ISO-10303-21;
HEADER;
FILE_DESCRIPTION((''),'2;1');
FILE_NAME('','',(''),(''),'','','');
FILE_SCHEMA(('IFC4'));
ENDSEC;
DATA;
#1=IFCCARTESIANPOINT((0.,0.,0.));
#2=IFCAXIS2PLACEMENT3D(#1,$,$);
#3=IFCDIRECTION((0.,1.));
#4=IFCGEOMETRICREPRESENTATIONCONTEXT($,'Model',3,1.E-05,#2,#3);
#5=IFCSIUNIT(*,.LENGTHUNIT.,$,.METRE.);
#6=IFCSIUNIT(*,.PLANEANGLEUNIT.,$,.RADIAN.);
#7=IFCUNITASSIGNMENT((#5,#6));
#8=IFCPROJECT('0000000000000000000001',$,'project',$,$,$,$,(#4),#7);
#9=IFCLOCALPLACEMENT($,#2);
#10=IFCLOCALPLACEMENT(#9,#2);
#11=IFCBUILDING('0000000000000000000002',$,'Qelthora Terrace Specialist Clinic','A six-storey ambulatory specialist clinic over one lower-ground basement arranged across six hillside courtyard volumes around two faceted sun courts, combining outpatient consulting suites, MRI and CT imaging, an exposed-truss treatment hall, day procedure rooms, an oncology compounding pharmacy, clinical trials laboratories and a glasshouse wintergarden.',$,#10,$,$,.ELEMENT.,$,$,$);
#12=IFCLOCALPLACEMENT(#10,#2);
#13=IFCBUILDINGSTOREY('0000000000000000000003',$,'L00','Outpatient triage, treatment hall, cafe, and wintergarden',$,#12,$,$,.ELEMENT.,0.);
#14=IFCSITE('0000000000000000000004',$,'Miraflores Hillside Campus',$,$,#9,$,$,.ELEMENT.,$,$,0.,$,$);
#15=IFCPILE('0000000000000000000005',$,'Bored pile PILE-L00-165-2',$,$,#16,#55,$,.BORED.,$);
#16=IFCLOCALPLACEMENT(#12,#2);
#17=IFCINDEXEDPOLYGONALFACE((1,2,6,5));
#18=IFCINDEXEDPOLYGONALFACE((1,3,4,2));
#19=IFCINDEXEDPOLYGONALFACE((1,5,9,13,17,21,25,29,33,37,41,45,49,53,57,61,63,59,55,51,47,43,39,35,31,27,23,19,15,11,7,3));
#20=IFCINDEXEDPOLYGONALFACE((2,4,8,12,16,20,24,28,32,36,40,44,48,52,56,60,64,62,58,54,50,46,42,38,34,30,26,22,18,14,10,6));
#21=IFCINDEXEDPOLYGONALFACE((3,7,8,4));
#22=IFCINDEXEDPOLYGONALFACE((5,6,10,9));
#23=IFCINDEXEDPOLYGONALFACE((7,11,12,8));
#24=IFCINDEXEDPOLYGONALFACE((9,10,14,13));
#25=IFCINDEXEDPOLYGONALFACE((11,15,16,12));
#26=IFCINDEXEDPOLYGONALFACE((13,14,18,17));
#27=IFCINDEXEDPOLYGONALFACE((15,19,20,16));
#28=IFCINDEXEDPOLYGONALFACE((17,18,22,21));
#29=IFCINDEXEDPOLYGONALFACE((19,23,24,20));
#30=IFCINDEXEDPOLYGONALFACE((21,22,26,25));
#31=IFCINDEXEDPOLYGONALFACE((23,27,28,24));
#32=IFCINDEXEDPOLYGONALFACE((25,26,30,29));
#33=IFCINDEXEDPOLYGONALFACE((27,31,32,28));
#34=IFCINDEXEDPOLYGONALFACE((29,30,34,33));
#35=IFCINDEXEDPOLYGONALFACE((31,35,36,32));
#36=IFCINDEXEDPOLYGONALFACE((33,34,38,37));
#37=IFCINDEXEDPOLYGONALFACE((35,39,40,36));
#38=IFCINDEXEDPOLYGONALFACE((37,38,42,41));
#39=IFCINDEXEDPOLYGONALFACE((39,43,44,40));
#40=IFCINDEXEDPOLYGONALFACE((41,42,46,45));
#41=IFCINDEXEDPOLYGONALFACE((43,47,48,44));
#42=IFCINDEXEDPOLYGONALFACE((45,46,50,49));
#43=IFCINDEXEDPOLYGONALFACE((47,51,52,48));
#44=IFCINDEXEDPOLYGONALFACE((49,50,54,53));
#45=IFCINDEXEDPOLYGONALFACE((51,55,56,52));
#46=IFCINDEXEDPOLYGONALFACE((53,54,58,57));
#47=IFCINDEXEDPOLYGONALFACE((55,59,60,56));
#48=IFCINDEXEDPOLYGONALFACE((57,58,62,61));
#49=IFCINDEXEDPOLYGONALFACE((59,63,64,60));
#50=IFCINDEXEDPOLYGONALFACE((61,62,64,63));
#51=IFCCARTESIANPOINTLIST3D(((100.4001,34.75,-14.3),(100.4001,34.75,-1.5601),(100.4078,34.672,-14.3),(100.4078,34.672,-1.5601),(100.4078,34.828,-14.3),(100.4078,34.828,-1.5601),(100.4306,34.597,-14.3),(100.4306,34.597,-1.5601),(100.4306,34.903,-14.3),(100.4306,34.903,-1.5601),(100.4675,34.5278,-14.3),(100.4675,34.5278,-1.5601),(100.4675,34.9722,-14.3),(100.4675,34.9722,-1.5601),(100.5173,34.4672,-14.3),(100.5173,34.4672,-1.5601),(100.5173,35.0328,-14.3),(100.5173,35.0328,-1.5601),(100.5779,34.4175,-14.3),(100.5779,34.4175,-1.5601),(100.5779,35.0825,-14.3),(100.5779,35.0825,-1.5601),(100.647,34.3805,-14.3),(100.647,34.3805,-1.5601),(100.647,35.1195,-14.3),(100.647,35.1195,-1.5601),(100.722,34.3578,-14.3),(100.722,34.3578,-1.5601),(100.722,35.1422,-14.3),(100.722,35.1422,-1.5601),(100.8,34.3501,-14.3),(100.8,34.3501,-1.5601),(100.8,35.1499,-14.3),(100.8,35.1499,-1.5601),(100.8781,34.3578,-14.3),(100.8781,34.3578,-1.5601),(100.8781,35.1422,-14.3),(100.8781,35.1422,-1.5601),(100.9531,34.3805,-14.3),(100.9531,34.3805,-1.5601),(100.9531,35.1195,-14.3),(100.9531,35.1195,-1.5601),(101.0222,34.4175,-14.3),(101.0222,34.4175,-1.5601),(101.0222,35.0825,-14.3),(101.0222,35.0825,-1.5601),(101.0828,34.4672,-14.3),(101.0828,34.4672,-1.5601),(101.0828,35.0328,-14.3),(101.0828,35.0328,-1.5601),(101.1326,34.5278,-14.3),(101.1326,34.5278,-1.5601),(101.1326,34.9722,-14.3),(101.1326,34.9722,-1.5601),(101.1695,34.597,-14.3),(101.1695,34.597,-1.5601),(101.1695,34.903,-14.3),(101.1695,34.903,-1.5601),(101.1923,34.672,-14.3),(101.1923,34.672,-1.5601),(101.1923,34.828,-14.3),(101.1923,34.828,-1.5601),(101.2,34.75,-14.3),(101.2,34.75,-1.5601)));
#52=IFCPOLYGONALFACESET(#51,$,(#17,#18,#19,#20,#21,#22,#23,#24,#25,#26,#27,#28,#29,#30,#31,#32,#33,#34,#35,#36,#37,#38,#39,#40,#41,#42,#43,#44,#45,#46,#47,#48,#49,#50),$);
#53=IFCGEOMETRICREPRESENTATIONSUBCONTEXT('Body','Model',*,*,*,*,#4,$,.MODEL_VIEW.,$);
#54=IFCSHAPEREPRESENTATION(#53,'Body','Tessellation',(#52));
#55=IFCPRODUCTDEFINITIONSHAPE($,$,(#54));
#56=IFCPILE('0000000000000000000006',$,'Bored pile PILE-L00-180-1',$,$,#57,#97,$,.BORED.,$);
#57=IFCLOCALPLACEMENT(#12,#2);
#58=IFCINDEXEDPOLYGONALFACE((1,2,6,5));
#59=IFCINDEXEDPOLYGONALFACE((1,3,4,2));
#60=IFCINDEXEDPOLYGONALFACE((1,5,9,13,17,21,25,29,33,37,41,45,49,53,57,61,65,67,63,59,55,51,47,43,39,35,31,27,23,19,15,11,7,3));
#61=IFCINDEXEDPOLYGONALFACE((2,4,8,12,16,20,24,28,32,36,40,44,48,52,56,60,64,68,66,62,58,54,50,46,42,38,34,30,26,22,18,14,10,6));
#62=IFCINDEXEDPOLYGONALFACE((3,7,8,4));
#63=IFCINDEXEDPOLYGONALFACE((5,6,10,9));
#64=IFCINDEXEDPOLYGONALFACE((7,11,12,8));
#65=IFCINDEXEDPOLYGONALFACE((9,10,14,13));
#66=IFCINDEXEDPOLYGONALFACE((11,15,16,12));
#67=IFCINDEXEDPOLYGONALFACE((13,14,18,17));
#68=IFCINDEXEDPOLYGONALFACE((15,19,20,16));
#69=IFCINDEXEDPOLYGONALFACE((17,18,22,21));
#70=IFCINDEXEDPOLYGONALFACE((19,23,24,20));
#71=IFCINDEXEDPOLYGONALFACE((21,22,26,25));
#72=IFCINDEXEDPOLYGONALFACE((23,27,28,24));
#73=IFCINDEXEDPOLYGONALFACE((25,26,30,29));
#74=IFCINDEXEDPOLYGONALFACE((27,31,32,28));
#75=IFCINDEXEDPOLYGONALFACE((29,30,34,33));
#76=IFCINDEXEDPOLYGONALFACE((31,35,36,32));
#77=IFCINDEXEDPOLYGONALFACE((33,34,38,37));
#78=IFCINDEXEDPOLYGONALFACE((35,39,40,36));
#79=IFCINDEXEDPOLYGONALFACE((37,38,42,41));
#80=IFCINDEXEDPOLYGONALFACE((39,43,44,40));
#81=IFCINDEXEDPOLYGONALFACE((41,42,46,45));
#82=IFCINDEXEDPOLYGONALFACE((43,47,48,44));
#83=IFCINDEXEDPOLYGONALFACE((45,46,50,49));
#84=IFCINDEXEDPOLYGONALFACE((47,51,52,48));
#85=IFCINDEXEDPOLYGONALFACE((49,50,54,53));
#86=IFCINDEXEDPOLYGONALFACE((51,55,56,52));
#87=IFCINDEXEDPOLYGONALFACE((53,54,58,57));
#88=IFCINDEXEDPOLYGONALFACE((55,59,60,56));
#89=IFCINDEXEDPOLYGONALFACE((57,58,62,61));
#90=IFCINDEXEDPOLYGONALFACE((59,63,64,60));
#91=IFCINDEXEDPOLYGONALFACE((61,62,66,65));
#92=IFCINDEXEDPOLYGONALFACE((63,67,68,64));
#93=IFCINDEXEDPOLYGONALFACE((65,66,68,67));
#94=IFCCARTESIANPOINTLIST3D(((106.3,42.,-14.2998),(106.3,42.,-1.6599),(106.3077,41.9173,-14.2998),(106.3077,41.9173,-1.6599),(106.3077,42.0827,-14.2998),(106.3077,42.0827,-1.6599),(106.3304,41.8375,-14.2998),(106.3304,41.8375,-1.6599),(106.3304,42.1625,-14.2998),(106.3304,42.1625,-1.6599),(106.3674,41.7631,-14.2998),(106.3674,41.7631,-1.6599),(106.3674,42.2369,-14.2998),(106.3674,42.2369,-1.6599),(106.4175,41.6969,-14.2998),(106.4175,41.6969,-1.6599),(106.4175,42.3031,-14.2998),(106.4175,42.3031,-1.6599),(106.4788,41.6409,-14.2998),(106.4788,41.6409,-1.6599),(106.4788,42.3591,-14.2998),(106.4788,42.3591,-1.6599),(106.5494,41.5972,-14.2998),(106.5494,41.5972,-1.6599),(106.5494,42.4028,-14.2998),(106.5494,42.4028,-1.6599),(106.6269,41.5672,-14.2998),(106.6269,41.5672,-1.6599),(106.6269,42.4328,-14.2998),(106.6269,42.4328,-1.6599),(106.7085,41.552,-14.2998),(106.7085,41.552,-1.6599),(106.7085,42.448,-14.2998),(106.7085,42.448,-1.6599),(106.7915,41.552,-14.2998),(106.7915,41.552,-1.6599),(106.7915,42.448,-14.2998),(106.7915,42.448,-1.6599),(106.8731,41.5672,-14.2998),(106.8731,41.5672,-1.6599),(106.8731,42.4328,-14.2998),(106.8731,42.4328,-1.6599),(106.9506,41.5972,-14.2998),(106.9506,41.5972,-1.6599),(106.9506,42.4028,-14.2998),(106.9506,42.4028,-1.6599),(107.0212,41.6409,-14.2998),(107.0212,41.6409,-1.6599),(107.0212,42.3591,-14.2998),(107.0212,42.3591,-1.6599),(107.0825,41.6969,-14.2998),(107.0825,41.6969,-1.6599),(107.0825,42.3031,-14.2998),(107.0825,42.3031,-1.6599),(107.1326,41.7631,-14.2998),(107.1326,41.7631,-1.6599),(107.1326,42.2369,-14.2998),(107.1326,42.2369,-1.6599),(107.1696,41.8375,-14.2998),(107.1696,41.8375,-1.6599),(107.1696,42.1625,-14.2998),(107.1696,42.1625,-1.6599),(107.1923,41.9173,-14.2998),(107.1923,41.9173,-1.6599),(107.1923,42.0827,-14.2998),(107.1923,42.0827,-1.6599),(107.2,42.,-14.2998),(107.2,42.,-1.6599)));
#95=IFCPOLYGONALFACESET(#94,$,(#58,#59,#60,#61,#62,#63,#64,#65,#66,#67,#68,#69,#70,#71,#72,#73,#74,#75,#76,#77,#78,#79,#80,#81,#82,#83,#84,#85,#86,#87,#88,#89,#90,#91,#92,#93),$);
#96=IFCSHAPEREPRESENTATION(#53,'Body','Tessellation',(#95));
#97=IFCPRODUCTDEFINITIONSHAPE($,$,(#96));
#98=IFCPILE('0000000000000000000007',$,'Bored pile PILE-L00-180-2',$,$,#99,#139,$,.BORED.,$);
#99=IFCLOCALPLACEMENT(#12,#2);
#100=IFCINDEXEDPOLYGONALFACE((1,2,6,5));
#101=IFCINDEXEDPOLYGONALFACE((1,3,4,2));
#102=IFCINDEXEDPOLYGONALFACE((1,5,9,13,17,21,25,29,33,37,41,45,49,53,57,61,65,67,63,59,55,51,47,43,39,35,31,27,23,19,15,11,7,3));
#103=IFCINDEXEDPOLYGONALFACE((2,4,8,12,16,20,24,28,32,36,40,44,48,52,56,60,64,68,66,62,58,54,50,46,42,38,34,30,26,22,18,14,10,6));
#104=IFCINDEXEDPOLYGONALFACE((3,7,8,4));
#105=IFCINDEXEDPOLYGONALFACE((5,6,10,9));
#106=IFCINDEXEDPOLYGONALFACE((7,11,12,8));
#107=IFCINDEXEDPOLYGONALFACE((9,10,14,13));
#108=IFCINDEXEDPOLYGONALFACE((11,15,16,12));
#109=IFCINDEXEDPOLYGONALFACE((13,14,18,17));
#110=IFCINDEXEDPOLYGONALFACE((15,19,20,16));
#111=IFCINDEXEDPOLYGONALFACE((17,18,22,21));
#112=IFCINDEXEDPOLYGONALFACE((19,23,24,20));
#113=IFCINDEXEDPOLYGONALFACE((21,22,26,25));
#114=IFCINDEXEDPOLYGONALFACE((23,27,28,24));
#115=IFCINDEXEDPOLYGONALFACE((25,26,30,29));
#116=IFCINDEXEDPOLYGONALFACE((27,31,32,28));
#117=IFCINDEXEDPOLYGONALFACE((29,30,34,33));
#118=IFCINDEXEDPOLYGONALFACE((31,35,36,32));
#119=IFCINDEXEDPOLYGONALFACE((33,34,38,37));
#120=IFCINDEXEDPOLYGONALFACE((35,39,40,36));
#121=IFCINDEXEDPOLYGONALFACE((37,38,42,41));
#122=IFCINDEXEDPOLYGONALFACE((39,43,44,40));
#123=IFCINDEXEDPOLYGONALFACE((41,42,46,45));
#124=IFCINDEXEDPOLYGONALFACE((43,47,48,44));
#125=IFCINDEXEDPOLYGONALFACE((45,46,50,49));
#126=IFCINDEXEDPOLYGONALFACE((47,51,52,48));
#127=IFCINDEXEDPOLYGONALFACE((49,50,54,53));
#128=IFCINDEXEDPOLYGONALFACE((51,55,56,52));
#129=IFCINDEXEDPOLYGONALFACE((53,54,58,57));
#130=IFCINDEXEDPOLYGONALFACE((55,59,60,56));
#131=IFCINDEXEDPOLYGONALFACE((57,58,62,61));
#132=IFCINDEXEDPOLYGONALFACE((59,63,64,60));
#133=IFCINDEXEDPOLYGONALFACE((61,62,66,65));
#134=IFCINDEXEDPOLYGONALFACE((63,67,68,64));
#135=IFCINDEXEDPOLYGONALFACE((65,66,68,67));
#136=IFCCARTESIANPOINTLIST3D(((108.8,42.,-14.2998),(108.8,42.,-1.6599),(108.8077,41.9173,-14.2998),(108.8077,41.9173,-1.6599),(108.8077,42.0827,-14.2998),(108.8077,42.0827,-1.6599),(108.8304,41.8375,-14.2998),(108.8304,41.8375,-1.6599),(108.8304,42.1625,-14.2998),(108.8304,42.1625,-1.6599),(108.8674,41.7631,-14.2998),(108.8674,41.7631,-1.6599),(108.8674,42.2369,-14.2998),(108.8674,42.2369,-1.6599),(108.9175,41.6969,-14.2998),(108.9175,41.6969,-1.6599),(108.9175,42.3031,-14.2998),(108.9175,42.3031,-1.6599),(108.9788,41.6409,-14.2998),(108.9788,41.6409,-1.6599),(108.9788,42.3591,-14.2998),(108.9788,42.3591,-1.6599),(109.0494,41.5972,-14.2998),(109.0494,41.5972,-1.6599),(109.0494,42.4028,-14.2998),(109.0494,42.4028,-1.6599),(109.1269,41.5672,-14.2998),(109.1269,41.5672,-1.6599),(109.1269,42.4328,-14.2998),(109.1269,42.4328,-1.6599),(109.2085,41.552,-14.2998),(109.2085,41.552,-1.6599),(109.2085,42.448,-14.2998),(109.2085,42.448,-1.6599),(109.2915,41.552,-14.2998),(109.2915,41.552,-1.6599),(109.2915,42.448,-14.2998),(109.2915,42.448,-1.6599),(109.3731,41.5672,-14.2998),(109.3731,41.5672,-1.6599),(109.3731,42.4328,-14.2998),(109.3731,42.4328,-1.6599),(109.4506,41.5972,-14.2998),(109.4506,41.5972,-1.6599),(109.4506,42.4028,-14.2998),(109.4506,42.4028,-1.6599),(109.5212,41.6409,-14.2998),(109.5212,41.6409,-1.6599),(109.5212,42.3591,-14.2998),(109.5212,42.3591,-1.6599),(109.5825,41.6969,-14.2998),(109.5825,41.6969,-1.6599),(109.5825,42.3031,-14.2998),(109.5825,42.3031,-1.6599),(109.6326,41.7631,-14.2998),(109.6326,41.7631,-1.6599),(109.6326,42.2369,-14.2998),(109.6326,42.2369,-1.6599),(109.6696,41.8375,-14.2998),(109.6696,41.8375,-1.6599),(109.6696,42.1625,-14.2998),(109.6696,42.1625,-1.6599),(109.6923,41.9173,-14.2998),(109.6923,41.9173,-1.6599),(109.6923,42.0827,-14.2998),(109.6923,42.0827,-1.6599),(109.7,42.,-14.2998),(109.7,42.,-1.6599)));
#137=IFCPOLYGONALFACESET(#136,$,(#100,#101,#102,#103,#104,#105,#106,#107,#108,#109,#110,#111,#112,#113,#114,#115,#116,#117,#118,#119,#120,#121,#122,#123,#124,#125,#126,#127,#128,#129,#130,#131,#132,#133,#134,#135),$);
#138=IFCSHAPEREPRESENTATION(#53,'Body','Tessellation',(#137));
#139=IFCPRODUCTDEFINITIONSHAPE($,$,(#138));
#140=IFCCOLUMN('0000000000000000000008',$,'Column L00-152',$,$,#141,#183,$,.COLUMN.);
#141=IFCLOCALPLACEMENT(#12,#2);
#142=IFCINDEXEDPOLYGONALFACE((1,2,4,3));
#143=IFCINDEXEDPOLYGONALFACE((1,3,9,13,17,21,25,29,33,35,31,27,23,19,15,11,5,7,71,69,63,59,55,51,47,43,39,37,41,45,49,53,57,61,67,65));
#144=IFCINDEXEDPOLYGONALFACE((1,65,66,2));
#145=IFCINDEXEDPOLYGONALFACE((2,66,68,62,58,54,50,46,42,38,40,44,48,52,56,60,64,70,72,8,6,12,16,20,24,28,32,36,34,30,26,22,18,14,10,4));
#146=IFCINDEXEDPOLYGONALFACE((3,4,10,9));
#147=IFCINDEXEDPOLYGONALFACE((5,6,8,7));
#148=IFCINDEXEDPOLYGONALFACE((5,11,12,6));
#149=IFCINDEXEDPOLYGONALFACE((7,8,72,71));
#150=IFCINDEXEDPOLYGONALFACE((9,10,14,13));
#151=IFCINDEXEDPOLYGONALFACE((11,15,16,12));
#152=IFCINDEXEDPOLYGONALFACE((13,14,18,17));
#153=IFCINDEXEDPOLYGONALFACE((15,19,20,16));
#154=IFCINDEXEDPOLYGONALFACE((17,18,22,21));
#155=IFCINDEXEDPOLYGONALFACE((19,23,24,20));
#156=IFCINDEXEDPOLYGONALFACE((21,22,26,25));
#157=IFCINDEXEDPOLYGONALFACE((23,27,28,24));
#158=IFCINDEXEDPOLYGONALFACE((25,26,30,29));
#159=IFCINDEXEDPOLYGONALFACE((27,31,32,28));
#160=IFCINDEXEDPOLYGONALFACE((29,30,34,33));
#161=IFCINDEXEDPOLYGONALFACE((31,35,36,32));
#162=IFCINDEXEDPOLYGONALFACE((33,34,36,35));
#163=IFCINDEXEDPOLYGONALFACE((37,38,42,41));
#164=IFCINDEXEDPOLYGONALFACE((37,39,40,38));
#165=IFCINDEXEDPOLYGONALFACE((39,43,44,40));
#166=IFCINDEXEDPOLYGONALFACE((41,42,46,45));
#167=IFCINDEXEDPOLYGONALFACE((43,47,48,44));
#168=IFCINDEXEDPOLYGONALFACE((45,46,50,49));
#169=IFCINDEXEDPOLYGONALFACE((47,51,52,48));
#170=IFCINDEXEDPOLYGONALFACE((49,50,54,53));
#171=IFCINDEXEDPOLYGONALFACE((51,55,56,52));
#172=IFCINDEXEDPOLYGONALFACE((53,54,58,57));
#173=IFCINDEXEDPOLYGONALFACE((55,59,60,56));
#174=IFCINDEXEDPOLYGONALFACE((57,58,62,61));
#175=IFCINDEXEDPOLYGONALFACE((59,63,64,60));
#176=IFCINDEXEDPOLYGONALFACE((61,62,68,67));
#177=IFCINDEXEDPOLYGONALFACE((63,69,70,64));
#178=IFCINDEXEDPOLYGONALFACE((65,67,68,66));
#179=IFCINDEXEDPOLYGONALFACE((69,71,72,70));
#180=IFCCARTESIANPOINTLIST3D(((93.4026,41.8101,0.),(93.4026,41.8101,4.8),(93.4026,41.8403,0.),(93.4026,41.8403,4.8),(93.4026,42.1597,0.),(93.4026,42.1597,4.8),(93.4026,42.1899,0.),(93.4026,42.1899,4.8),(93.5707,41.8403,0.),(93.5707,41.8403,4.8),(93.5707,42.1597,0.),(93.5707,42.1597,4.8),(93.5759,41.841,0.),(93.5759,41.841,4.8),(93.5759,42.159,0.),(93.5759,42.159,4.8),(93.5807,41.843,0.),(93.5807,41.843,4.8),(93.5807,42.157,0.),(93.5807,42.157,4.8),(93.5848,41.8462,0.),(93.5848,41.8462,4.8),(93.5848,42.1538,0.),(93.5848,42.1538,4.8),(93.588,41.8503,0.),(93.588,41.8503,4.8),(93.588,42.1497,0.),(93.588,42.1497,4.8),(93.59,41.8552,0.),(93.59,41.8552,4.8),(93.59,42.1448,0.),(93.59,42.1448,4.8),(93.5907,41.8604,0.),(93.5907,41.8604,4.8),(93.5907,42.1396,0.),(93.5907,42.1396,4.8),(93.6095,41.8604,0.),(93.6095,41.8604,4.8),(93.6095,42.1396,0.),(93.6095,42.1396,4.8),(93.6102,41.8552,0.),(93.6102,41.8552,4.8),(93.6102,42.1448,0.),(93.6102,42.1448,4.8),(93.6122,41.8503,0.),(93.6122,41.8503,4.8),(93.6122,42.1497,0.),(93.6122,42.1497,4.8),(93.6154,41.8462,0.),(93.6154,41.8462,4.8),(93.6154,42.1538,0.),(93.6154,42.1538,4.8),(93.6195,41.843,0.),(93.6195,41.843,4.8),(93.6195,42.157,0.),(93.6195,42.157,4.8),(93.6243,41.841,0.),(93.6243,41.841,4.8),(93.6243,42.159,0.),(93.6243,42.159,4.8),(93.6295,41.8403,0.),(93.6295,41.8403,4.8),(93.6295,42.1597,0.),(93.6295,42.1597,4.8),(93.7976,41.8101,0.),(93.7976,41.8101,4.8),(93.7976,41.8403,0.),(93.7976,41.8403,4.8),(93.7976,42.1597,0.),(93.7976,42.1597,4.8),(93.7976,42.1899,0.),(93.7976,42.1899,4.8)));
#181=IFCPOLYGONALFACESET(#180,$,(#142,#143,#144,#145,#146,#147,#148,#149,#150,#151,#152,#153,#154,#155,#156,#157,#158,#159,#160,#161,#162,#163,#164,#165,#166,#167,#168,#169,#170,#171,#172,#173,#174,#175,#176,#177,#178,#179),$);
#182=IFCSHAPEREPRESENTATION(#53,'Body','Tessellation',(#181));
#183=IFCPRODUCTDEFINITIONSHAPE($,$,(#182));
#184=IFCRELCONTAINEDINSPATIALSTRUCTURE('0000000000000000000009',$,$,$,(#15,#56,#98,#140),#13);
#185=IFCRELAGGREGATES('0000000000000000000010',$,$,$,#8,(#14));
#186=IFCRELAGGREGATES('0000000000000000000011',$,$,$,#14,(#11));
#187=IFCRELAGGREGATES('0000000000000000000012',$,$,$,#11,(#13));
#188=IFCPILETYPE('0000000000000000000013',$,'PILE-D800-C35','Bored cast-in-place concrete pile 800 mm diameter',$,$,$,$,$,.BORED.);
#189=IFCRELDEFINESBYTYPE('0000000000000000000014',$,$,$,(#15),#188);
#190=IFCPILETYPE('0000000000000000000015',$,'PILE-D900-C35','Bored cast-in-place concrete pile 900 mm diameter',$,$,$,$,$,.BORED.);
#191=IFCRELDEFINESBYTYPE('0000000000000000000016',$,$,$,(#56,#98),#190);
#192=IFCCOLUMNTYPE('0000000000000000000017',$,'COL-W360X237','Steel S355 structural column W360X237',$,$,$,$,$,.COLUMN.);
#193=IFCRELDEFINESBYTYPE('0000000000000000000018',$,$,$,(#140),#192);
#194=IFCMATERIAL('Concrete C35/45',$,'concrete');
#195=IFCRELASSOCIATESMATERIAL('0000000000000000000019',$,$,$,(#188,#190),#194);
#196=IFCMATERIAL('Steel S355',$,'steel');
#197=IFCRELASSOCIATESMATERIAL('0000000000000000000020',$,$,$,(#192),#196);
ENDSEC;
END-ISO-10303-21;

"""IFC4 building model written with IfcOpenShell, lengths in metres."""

from ifc_helpers import new_model, si_unit, direction, frame, origin, origin_2d, place, context, subcontext, project, spatial, circle, i_section, extrude, material, material_profile, profile_set, type_object, element, save


model = new_model("IFC4")

# Units and contexts
model_context = context("Model", 3, precision=1e-05, world=origin(), true_north=direction((0.0, 1.0)))
body_context = subcontext(model_context, "Body", "Model", "MODEL_VIEW")
ifc_project = project(units=[si_unit("LENGTHUNIT", "METRE"), si_unit("PLANEANGLEUNIT", "RADIAN")], contexts=[model_context])

# Site, building, storey
site_placement = place(None, origin())
site = spatial("IfcSite", under=ifc_project, at=site_placement, Name="Miraflores Hillside Campus", CompositionType="ELEMENT", RefElevation=0.0)
building_placement = place(site_placement, origin())
building = spatial("IfcBuilding", under=site, at=building_placement, Name="Qelthora Terrace Specialist Clinic", Description="A six-storey ambulatory specialist clinic over one lower-ground basement arranged across six hillside courtyard volumes around two faceted sun courts, combining outpatient consulting suites, MRI and CT imaging, an exposed-truss treatment hall, day procedure rooms, an oncology compounding pharmacy, clinical trials laboratories and a glasshouse wintergarden.", CompositionType="ELEMENT")
storey_placement = place(building_placement, origin())
storey = spatial("IfcBuildingStorey", under=building, at=storey_placement, Name="L00", Description="Outpatient triage, treatment hall, cafe, and wintergarden", CompositionType="ELEMENT", Elevation=0.0)

# Shared definitions
ifc_material_1 = material(Name="Concrete C35/45", Category="concrete")

# Piles
ifc_material_profile_1 = material_profile(ifc_material_1, circle(Radius=0.3999, at=origin_2d()), Name="PILE800")
ifc_profile_set_1 = profile_set([ifc_material_profile_1], Name="Concrete C35/45")
pile_type_1 = type_object("IfcPileType", Name="PILE-D800-C35", Description="Bored cast-in-place concrete pile 800 mm diameter", PredefinedType="BORED", material=ifc_profile_set_1)
for number, where, z_axis, x_axis, name in (
    (1, (100.8, 34.75, -1.5601), (0.0, 0.0, -1.0), (1.0, 0.0, 0.0), "Bored pile PILE-L00-165-2"),
):
    element("IfcPile", number, at=place(storey_placement, frame(where, z_axis=z_axis, x_axis=x_axis)), inside=storey, type_object=pile_type_1, Name=name, PredefinedType="BORED", context=body_context, shape_type="SweptSolid", body=[
        extrude(circle(Radius=0.3999, at=origin_2d()), origin(), (0.0, 0.0, 1.0), 12.74),
    ])
ifc_material_profile_2 = material_profile(ifc_material_1, circle(Radius=0.45, at=origin_2d()), Name="PILE900")
ifc_profile_set_2 = profile_set([ifc_material_profile_2], Name="Concrete C35/45")
pile_type_2 = type_object("IfcPileType", Name="PILE-D900-C35", Description="Bored cast-in-place concrete pile 900 mm diameter", PredefinedType="BORED", material=ifc_profile_set_2)
for number, where, z_axis, x_axis, name in (
    (2, (106.75, 42.0, -1.6599), (0.0, 0.0, -1.0), (1.0, 0.0, 0.0), "Bored pile PILE-L00-180-1"),
    (3, (109.25, 42.0, -1.6599), (0.0, 0.0, -1.0), (1.0, 0.0, 0.0), "Bored pile PILE-L00-180-2"),
):
    element("IfcPile", number, at=place(storey_placement, frame(where, z_axis=z_axis, x_axis=x_axis)), inside=storey, type_object=pile_type_2, Name=name, PredefinedType="BORED", context=body_context, shape_type="SweptSolid", body=[
        extrude(circle(Radius=0.45, at=origin_2d()), origin(), (0.0, 0.0, 1.0), 12.6399),
    ])

# Column
ifc_material_2 = material(Name="Steel S355", Category="steel")
ifc_material_profile_3 = material_profile(ifc_material_2, i_section(OverallWidth=0.395, OverallDepth=0.3799, WebThickness=0.0188, FlangeThickness=0.0303, FilletRadius=0.02, at=origin_2d()), Name="W360X237")
ifc_profile_set_3 = profile_set([ifc_material_profile_3], Name="Steel S355")
column_type = type_object("IfcColumnType", Name="COL-W360X237", Description="Steel S355 structural column W360X237", PredefinedType="COLUMN", material=ifc_profile_set_3)
for number, where, z_axis, x_axis, name in (
    (4, (93.6001, 42.0, 0.0), (0.0, 0.0, 1.0), (1.0, 0.0, 0.0), "Column L00-152"),
):
    element("IfcColumn", number, at=place(storey_placement, frame(where, z_axis=z_axis, x_axis=x_axis)), inside=storey, type_object=column_type, Name=name, PredefinedType="COLUMN", context=body_context, shape_type="SweptSolid", body=[
        extrude(i_section(OverallWidth=0.395, OverallDepth=0.3799, WebThickness=0.0188, FlangeThickness=0.0303, FilletRadius=0.02, at=origin_2d()), origin(), (0.0, 0.0, 1.0), 4.8),
    ])

save(model, "model.ifc")
